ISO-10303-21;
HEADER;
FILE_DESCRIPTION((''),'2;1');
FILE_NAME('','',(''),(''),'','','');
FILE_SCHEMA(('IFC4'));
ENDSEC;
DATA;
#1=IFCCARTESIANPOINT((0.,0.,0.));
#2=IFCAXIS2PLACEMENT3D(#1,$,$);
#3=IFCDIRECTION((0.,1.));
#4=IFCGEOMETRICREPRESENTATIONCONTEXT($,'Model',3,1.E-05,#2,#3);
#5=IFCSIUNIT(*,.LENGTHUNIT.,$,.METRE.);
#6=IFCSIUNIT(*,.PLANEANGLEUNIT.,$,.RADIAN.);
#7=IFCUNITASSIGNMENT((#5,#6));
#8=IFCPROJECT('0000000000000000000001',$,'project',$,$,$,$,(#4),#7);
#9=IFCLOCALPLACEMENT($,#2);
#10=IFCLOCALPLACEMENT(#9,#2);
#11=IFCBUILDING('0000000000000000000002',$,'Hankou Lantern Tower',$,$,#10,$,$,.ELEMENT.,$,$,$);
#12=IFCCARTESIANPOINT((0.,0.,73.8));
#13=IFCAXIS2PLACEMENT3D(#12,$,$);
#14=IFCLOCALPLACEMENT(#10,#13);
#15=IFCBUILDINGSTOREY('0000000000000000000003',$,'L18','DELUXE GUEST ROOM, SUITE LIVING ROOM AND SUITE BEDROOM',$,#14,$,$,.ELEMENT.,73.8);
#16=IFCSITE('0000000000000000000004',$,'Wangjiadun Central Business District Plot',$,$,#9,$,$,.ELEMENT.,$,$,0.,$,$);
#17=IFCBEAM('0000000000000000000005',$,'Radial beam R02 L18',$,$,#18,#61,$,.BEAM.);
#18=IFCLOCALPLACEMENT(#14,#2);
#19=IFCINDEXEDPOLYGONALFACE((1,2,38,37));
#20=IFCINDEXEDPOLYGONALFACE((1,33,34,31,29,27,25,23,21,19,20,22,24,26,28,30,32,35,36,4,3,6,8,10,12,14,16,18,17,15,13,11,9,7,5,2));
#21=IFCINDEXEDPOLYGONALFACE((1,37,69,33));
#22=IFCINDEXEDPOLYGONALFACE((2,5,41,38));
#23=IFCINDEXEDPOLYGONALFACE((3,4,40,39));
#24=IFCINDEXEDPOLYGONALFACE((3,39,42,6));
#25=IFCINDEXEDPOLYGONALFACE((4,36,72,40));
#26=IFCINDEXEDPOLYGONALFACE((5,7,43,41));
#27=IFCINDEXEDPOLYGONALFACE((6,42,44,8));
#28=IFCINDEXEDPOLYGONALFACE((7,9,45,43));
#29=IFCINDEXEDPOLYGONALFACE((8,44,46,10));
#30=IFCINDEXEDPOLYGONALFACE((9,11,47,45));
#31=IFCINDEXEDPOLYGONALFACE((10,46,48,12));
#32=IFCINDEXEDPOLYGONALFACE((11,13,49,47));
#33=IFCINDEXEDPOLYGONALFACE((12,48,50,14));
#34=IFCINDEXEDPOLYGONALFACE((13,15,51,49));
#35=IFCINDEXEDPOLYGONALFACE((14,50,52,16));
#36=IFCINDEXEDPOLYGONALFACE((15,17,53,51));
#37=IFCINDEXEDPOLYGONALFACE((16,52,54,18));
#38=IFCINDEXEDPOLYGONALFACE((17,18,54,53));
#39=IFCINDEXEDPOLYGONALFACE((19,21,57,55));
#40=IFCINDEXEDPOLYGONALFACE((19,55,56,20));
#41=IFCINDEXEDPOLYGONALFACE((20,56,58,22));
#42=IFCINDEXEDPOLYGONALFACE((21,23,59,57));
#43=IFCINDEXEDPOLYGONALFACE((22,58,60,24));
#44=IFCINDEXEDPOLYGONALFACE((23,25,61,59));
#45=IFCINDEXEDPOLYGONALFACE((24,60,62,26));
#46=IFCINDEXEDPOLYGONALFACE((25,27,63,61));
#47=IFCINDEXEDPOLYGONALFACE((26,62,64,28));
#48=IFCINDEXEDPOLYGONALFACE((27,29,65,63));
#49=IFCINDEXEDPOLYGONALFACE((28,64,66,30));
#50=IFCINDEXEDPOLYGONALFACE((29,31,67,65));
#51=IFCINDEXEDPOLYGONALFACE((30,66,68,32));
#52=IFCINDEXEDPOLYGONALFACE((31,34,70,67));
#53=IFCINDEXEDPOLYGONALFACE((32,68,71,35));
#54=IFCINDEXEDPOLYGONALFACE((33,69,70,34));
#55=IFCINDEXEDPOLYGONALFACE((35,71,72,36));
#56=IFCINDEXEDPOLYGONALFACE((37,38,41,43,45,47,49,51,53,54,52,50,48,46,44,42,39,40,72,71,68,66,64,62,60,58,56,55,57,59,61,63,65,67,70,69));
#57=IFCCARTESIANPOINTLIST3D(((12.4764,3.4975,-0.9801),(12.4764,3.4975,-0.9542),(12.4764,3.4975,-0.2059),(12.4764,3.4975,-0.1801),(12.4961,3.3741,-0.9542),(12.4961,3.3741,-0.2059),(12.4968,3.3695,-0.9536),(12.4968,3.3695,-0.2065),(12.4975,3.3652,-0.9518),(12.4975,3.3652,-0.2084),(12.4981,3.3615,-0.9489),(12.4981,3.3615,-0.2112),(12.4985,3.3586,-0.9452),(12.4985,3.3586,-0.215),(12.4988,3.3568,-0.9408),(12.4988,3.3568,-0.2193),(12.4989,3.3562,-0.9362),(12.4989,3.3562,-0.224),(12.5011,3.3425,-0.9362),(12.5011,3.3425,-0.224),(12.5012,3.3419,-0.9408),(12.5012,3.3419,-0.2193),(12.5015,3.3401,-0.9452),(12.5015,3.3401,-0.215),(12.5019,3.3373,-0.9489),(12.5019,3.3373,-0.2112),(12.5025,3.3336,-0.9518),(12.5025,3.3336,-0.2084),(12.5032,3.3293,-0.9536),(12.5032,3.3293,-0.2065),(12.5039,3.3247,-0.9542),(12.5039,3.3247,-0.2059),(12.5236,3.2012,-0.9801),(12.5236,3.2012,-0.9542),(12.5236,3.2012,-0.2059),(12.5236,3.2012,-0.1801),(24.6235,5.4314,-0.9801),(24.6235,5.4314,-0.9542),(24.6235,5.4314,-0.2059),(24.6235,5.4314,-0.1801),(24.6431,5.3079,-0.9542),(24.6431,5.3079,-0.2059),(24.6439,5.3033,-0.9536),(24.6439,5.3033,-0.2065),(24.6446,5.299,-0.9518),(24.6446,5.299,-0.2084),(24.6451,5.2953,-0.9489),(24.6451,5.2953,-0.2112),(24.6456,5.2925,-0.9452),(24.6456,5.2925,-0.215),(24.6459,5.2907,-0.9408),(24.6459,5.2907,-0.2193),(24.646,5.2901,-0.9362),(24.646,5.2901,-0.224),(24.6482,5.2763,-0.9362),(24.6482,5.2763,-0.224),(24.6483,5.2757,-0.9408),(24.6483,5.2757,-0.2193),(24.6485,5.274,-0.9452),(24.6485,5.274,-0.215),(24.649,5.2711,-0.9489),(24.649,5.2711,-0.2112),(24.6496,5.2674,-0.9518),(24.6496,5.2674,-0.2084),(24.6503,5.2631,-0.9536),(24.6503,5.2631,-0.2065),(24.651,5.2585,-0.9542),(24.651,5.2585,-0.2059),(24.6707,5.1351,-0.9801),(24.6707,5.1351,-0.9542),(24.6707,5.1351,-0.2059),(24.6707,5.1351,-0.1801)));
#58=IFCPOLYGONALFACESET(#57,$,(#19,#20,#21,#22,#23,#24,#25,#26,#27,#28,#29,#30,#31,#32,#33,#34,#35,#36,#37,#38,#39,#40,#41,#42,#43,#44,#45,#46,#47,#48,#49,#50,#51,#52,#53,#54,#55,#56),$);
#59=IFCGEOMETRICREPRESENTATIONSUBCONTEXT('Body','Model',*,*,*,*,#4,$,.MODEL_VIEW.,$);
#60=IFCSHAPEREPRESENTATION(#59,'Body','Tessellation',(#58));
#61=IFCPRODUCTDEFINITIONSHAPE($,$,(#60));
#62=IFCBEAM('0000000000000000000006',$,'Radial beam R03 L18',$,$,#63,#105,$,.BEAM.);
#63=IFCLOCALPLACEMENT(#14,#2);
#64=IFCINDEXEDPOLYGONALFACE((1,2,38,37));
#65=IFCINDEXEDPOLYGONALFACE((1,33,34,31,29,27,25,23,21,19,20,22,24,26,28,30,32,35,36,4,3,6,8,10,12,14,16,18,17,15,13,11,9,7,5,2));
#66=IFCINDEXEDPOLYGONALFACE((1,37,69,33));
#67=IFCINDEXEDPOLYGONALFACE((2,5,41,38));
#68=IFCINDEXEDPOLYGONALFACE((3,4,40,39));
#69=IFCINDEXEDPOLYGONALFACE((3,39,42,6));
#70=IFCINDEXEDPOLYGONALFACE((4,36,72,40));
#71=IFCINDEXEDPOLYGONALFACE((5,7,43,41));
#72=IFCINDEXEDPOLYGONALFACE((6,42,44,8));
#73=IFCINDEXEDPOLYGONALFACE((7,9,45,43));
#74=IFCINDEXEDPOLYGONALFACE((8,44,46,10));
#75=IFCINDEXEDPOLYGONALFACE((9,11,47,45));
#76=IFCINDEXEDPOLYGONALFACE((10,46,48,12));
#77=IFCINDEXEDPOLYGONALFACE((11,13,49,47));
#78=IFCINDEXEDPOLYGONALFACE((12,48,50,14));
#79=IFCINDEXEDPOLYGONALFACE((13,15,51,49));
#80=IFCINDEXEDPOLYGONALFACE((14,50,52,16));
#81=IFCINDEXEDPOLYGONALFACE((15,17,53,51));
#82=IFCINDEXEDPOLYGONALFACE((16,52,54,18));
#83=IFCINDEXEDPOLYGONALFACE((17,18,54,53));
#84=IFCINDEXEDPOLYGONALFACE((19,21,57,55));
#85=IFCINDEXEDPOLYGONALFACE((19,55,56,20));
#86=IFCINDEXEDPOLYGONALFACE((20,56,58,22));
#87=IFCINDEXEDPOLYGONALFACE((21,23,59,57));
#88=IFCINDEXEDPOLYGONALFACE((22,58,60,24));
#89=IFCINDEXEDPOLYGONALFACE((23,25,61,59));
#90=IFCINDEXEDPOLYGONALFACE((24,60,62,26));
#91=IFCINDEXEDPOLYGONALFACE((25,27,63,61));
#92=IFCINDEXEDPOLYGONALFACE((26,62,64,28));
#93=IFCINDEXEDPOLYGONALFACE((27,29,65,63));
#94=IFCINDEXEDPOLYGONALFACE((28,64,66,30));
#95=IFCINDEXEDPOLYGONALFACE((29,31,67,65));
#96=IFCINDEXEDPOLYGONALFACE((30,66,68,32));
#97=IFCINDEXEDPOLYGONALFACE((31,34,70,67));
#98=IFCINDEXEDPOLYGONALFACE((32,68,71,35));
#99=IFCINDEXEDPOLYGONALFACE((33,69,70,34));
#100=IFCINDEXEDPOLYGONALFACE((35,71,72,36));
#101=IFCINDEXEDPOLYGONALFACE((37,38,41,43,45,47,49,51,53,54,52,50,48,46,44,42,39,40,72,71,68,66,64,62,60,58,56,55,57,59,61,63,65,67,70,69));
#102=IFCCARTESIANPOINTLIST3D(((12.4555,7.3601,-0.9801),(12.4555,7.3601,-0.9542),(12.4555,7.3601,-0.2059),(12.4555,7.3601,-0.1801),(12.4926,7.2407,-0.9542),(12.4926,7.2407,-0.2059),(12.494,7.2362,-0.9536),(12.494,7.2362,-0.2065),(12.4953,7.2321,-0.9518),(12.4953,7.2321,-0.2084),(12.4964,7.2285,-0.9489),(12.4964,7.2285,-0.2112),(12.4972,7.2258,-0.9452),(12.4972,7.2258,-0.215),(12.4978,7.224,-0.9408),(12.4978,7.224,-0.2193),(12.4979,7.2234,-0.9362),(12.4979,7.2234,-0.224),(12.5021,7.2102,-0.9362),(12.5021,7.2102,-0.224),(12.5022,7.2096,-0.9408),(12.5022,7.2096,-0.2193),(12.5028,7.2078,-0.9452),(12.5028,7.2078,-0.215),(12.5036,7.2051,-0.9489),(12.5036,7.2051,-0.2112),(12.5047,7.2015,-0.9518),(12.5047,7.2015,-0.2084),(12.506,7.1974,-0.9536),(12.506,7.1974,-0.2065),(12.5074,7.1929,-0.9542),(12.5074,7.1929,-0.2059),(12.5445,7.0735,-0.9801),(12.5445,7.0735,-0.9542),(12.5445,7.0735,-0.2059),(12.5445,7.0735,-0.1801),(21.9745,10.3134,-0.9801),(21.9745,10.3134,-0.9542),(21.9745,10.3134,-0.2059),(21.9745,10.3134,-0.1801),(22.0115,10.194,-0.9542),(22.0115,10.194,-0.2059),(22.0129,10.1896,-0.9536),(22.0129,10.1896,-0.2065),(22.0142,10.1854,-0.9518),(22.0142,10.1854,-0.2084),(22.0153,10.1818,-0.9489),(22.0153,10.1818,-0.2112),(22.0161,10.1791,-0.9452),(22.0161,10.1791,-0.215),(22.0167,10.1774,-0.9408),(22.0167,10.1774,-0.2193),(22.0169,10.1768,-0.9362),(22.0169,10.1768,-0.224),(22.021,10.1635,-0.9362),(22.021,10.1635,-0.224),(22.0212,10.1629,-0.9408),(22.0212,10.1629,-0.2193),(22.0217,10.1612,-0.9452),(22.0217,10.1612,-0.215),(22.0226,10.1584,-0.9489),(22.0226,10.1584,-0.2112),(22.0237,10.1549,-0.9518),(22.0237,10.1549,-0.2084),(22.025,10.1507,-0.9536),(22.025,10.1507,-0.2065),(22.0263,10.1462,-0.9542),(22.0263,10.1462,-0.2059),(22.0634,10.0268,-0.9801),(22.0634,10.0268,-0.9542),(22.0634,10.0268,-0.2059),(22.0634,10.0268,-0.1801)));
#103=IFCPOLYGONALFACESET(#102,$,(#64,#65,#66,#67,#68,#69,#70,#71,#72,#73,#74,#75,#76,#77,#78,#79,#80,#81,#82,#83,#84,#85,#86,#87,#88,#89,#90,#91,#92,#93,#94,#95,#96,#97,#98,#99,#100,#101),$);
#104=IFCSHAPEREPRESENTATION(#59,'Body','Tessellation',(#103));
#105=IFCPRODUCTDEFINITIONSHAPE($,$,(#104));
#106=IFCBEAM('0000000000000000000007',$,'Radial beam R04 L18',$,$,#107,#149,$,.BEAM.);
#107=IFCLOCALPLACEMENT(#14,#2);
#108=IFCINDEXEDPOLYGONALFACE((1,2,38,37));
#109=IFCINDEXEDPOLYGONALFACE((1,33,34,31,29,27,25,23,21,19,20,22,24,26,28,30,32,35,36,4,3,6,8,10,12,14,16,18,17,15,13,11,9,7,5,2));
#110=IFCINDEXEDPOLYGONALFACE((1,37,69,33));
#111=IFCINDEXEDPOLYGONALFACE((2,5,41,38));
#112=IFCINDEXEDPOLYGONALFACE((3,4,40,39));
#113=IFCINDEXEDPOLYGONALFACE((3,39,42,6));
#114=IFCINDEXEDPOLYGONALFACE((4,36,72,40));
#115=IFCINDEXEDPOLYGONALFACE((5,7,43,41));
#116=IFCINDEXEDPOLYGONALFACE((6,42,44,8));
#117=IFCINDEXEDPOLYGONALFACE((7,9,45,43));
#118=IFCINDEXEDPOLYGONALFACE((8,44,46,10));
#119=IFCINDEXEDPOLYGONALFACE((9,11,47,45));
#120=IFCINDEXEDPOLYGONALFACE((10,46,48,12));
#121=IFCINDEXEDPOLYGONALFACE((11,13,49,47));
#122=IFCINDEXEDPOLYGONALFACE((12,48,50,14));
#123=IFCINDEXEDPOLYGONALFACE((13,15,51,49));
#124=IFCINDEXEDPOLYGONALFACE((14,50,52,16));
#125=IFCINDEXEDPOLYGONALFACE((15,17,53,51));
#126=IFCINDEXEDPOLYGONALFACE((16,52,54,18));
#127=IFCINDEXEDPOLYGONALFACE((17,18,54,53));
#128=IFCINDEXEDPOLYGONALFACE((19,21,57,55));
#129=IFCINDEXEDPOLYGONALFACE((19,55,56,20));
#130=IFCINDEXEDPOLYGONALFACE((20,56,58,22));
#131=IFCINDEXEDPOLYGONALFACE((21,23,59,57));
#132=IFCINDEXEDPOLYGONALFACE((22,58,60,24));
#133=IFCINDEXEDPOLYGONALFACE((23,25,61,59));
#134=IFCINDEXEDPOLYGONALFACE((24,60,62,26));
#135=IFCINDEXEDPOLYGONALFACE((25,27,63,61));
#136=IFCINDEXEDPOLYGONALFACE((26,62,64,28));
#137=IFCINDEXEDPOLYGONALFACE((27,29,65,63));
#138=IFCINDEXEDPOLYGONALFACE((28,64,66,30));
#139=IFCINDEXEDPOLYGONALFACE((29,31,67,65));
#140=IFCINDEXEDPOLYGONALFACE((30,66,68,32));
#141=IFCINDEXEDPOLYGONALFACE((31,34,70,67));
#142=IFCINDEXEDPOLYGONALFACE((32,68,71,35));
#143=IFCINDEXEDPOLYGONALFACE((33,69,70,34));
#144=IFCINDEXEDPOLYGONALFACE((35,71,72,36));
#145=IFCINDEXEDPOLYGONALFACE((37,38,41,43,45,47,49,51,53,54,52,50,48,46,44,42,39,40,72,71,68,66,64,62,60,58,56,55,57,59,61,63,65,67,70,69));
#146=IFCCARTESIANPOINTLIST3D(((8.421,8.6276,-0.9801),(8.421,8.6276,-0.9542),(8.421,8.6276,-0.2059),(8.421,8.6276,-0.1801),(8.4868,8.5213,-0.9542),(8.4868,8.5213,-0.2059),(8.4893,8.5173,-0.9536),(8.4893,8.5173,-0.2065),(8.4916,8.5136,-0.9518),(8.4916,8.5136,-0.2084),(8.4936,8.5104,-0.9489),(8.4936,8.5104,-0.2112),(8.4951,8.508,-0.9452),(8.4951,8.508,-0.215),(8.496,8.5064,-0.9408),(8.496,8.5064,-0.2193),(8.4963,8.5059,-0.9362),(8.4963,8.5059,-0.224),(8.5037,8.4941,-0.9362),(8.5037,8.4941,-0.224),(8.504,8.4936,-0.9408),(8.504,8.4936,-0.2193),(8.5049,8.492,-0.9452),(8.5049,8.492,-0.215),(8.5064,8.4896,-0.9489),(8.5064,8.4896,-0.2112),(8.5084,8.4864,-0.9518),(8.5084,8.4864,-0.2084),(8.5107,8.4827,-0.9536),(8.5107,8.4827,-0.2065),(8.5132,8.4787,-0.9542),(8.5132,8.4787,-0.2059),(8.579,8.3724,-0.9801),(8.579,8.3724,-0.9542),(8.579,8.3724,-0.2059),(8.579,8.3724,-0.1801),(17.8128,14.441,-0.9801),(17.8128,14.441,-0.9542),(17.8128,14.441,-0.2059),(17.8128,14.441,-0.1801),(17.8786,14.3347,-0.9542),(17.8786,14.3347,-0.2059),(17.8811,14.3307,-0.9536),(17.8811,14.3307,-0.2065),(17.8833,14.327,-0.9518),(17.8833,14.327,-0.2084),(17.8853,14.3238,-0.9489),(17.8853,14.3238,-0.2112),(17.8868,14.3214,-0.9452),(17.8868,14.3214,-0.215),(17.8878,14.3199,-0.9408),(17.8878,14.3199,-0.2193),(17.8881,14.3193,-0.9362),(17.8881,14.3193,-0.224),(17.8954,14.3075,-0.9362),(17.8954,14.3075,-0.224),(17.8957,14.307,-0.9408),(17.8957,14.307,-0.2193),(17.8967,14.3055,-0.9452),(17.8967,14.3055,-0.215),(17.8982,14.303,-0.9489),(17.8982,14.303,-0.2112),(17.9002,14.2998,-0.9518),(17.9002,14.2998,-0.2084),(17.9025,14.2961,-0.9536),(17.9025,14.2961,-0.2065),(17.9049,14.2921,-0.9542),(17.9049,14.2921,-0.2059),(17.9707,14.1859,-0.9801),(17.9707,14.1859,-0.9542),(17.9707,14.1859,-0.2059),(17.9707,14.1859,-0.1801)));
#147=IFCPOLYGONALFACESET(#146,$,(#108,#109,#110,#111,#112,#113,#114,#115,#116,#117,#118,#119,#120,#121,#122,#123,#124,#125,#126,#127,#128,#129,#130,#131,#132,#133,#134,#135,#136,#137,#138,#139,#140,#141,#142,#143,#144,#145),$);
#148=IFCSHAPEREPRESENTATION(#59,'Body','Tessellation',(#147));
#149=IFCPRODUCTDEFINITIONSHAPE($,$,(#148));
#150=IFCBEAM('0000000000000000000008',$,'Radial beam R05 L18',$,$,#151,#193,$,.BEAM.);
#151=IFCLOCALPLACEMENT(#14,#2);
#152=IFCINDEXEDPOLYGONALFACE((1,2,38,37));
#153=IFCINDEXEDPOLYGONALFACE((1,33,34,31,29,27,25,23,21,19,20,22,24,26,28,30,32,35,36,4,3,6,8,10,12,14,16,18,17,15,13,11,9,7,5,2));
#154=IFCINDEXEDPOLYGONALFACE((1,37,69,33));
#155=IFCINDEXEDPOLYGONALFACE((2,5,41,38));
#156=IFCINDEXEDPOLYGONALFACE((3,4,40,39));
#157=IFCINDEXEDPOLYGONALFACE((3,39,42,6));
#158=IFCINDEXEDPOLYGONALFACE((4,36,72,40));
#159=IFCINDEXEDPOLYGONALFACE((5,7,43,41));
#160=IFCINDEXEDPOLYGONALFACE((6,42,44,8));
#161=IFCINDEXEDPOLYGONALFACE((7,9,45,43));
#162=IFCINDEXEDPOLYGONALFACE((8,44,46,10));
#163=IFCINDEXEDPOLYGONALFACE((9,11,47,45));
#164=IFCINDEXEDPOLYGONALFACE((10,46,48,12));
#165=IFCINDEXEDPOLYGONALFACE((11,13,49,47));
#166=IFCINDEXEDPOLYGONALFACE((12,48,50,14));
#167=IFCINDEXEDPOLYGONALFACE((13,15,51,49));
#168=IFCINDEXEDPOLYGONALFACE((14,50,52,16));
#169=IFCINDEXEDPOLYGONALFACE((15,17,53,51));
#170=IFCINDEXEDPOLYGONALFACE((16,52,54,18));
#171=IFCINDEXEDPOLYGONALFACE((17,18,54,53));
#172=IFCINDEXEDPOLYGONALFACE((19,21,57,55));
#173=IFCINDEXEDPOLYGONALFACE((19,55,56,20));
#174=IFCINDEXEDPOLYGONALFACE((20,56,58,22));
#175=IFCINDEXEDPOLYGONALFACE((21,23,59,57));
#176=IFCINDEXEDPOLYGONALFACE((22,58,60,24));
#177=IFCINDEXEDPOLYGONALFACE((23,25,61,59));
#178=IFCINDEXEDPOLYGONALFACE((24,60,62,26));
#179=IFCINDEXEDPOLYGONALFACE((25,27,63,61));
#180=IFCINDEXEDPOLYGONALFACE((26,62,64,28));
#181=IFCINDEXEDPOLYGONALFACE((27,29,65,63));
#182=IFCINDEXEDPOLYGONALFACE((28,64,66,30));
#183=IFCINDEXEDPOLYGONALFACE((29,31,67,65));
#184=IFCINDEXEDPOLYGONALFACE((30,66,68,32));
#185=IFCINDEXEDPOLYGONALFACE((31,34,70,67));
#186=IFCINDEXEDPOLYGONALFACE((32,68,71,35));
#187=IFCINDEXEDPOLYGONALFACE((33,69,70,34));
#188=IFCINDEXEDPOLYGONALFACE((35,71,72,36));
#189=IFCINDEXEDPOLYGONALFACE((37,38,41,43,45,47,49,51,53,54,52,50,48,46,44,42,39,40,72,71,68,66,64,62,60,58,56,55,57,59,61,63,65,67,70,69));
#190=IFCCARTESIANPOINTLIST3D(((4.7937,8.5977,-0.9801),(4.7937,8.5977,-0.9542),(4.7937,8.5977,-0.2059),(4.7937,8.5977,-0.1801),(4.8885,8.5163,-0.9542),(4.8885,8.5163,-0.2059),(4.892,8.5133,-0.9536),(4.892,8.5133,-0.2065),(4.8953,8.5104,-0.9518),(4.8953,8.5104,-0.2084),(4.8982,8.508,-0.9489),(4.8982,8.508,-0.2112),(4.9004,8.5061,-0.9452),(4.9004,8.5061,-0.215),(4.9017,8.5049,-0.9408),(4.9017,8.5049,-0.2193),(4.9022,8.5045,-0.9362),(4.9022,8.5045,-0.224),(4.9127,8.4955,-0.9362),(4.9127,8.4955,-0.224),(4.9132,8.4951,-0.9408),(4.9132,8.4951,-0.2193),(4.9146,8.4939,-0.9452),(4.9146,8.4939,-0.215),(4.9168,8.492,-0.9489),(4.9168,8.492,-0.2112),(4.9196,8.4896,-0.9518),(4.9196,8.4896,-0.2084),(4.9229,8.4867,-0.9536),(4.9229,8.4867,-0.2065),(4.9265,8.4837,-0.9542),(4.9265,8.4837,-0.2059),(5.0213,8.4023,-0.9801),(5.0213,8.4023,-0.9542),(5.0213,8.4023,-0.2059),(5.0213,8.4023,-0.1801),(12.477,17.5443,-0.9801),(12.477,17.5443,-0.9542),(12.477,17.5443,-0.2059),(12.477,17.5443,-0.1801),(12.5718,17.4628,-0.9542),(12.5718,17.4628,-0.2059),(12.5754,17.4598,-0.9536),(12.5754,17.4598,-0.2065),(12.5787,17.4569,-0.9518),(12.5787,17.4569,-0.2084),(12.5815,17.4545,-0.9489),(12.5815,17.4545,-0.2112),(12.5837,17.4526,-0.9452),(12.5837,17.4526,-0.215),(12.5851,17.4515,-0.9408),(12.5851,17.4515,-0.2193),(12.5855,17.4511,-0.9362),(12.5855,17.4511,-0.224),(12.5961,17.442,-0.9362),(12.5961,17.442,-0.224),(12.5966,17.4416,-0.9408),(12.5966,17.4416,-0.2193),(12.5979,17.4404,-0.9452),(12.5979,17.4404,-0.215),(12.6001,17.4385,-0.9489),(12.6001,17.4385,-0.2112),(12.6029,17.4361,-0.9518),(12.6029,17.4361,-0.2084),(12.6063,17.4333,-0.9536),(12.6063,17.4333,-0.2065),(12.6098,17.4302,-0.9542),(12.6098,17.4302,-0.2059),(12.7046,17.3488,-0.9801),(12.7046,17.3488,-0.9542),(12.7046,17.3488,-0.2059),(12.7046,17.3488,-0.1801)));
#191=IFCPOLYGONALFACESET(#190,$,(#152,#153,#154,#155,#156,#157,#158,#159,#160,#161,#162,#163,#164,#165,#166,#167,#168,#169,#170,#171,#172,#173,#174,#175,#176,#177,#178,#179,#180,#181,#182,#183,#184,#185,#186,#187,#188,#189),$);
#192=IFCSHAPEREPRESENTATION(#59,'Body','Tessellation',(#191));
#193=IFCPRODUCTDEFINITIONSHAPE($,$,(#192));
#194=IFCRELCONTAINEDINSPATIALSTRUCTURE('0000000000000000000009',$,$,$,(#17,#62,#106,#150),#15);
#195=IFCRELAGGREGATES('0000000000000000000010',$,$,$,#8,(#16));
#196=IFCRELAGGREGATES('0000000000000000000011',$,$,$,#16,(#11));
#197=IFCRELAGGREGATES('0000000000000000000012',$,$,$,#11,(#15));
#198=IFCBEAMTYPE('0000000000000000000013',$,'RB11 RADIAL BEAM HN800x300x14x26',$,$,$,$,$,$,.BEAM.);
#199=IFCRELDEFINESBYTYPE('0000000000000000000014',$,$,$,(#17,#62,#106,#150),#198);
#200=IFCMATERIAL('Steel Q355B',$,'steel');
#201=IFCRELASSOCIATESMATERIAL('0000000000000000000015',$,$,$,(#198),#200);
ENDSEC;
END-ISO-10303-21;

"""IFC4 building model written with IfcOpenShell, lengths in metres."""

from ifc_helpers import new_model, si_unit, direction, frame, origin, origin_2d, place, context, subcontext, project, spatial, i_section, extrude, material, material_profile, profile_set, type_object, element, save


model = new_model("IFC4")

# Units and contexts
model_context = context("Model", 3, precision=1e-05, world=origin(), true_north=direction((0.0, 1.0)))
body_context = subcontext(model_context, "Body", "Model", "MODEL_VIEW")
ifc_project = project(units=[si_unit("LENGTHUNIT", "METRE"), si_unit("PLANEANGLEUNIT", "RADIAN")], contexts=[model_context])

# Site, building, storey
site_placement = place(None, origin())
site = spatial("IfcSite", under=ifc_project, at=site_placement, Name="Wangjiadun Central Business District Plot", CompositionType="ELEMENT", RefElevation=0.0)
building_placement = place(site_placement, origin())
building = spatial("IfcBuilding", under=site, at=building_placement, Name="Hankou Lantern Tower", CompositionType="ELEMENT")
storey_placement = place(building_placement, frame((0.0, 0.0, 73.8)))
storey = spatial("IfcBuildingStorey", under=building, at=storey_placement, Name="L18", Description="DELUXE GUEST ROOM, SUITE LIVING ROOM AND SUITE BEDROOM", CompositionType="ELEMENT", Elevation=73.8)

# Beams
ifc_material_1 = material(Name="Steel Q355B", Category="steel")
ifc_material_profile_1 = material_profile(ifc_material_1, i_section(OverallWidth=0.3, OverallDepth=0.8, WebThickness=0.0139, FlangeThickness=0.0259, FilletRadius=0.0181, at=origin_2d()), Name="HN800x300x14x26")
ifc_profile_set_1 = profile_set([ifc_material_profile_1], Name="Steel Q355B")
beam_type_1 = type_object("IfcBeamType", Name="RB11 RADIAL BEAM HN800x300x14x26", PredefinedType="BEAM", material=ifc_profile_set_1)
beam_1_placement = place(storey_placement, frame((12.5, 3.3494, -0.5801), z_axis=(0.987563, 0.157223, 0.0), x_axis=(-0.157223, 0.987563, 0.0)))
element("IfcBeam", 1, at=beam_1_placement, inside=storey, type_object=beam_type_1, Name="Radial beam R02 L18", PredefinedType="BEAM", context=body_context, shape_type="SweptSolid", body=[
    extrude(i_section(OverallWidth=0.3, OverallDepth=0.8, WebThickness=0.0139, FlangeThickness=0.0259, FilletRadius=0.0181, at=origin_2d()), origin(), (0.0, 0.0, 1.0), 12.3),
])
beam_2_placement = place(storey_placement, frame((12.5, 7.2168, -0.5801), z_axis=(0.955087, 0.296324, 0.0), x_axis=(-0.296324, 0.955087, 0.0)))
element("IfcBeam", 2, at=beam_2_placement, inside=storey, type_object=beam_type_1, Name="Radial beam R03 L18", PredefinedType="BEAM", context=body_context, shape_type="SweptSolid", body=[
    extrude(i_section(OverallWidth=0.3, OverallDepth=0.8, WebThickness=0.0139, FlangeThickness=0.0259, FilletRadius=0.0181, at=origin_2d()), origin(), (0.0, 0.0, 1.0), 9.9666),
])
beam_3_placement = place(storey_placement, frame((8.5, 8.5, -0.5801), z_axis=(0.850286, 0.52632, 0.0), x_axis=(-0.52632, 0.850286, 0.0)))
element("IfcBeam", 3, at=beam_3_placement, inside=storey, type_object=beam_type_1, Name="Radial beam R04 L18", PredefinedType="BEAM", context=body_context, shape_type="SweptSolid", body=[
    extrude(i_section(OverallWidth=0.3, OverallDepth=0.8, WebThickness=0.0139, FlangeThickness=0.0259, FilletRadius=0.0181, at=origin_2d()), origin(), (0.0, 0.0, 1.0), 11.0454),
])
beam_4_placement = place(storey_placement, frame((4.9075, 8.5, -0.5801), z_axis=(0.651519, 0.758632, 0.0), x_axis=(-0.758632, 0.651519, 0.0)))
element("IfcBeam", 4, at=beam_4_placement, inside=storey, type_object=beam_type_1, Name="Radial beam R05 L18", PredefinedType="BEAM", context=body_context, shape_type="SweptSolid", body=[
    extrude(i_section(OverallWidth=0.3, OverallDepth=0.8, WebThickness=0.0139, FlangeThickness=0.0259, FilletRadius=0.0181, at=origin_2d()), origin(), (0.0, 0.0, 1.0), 11.793),
])

save(model, "model.ifc")
